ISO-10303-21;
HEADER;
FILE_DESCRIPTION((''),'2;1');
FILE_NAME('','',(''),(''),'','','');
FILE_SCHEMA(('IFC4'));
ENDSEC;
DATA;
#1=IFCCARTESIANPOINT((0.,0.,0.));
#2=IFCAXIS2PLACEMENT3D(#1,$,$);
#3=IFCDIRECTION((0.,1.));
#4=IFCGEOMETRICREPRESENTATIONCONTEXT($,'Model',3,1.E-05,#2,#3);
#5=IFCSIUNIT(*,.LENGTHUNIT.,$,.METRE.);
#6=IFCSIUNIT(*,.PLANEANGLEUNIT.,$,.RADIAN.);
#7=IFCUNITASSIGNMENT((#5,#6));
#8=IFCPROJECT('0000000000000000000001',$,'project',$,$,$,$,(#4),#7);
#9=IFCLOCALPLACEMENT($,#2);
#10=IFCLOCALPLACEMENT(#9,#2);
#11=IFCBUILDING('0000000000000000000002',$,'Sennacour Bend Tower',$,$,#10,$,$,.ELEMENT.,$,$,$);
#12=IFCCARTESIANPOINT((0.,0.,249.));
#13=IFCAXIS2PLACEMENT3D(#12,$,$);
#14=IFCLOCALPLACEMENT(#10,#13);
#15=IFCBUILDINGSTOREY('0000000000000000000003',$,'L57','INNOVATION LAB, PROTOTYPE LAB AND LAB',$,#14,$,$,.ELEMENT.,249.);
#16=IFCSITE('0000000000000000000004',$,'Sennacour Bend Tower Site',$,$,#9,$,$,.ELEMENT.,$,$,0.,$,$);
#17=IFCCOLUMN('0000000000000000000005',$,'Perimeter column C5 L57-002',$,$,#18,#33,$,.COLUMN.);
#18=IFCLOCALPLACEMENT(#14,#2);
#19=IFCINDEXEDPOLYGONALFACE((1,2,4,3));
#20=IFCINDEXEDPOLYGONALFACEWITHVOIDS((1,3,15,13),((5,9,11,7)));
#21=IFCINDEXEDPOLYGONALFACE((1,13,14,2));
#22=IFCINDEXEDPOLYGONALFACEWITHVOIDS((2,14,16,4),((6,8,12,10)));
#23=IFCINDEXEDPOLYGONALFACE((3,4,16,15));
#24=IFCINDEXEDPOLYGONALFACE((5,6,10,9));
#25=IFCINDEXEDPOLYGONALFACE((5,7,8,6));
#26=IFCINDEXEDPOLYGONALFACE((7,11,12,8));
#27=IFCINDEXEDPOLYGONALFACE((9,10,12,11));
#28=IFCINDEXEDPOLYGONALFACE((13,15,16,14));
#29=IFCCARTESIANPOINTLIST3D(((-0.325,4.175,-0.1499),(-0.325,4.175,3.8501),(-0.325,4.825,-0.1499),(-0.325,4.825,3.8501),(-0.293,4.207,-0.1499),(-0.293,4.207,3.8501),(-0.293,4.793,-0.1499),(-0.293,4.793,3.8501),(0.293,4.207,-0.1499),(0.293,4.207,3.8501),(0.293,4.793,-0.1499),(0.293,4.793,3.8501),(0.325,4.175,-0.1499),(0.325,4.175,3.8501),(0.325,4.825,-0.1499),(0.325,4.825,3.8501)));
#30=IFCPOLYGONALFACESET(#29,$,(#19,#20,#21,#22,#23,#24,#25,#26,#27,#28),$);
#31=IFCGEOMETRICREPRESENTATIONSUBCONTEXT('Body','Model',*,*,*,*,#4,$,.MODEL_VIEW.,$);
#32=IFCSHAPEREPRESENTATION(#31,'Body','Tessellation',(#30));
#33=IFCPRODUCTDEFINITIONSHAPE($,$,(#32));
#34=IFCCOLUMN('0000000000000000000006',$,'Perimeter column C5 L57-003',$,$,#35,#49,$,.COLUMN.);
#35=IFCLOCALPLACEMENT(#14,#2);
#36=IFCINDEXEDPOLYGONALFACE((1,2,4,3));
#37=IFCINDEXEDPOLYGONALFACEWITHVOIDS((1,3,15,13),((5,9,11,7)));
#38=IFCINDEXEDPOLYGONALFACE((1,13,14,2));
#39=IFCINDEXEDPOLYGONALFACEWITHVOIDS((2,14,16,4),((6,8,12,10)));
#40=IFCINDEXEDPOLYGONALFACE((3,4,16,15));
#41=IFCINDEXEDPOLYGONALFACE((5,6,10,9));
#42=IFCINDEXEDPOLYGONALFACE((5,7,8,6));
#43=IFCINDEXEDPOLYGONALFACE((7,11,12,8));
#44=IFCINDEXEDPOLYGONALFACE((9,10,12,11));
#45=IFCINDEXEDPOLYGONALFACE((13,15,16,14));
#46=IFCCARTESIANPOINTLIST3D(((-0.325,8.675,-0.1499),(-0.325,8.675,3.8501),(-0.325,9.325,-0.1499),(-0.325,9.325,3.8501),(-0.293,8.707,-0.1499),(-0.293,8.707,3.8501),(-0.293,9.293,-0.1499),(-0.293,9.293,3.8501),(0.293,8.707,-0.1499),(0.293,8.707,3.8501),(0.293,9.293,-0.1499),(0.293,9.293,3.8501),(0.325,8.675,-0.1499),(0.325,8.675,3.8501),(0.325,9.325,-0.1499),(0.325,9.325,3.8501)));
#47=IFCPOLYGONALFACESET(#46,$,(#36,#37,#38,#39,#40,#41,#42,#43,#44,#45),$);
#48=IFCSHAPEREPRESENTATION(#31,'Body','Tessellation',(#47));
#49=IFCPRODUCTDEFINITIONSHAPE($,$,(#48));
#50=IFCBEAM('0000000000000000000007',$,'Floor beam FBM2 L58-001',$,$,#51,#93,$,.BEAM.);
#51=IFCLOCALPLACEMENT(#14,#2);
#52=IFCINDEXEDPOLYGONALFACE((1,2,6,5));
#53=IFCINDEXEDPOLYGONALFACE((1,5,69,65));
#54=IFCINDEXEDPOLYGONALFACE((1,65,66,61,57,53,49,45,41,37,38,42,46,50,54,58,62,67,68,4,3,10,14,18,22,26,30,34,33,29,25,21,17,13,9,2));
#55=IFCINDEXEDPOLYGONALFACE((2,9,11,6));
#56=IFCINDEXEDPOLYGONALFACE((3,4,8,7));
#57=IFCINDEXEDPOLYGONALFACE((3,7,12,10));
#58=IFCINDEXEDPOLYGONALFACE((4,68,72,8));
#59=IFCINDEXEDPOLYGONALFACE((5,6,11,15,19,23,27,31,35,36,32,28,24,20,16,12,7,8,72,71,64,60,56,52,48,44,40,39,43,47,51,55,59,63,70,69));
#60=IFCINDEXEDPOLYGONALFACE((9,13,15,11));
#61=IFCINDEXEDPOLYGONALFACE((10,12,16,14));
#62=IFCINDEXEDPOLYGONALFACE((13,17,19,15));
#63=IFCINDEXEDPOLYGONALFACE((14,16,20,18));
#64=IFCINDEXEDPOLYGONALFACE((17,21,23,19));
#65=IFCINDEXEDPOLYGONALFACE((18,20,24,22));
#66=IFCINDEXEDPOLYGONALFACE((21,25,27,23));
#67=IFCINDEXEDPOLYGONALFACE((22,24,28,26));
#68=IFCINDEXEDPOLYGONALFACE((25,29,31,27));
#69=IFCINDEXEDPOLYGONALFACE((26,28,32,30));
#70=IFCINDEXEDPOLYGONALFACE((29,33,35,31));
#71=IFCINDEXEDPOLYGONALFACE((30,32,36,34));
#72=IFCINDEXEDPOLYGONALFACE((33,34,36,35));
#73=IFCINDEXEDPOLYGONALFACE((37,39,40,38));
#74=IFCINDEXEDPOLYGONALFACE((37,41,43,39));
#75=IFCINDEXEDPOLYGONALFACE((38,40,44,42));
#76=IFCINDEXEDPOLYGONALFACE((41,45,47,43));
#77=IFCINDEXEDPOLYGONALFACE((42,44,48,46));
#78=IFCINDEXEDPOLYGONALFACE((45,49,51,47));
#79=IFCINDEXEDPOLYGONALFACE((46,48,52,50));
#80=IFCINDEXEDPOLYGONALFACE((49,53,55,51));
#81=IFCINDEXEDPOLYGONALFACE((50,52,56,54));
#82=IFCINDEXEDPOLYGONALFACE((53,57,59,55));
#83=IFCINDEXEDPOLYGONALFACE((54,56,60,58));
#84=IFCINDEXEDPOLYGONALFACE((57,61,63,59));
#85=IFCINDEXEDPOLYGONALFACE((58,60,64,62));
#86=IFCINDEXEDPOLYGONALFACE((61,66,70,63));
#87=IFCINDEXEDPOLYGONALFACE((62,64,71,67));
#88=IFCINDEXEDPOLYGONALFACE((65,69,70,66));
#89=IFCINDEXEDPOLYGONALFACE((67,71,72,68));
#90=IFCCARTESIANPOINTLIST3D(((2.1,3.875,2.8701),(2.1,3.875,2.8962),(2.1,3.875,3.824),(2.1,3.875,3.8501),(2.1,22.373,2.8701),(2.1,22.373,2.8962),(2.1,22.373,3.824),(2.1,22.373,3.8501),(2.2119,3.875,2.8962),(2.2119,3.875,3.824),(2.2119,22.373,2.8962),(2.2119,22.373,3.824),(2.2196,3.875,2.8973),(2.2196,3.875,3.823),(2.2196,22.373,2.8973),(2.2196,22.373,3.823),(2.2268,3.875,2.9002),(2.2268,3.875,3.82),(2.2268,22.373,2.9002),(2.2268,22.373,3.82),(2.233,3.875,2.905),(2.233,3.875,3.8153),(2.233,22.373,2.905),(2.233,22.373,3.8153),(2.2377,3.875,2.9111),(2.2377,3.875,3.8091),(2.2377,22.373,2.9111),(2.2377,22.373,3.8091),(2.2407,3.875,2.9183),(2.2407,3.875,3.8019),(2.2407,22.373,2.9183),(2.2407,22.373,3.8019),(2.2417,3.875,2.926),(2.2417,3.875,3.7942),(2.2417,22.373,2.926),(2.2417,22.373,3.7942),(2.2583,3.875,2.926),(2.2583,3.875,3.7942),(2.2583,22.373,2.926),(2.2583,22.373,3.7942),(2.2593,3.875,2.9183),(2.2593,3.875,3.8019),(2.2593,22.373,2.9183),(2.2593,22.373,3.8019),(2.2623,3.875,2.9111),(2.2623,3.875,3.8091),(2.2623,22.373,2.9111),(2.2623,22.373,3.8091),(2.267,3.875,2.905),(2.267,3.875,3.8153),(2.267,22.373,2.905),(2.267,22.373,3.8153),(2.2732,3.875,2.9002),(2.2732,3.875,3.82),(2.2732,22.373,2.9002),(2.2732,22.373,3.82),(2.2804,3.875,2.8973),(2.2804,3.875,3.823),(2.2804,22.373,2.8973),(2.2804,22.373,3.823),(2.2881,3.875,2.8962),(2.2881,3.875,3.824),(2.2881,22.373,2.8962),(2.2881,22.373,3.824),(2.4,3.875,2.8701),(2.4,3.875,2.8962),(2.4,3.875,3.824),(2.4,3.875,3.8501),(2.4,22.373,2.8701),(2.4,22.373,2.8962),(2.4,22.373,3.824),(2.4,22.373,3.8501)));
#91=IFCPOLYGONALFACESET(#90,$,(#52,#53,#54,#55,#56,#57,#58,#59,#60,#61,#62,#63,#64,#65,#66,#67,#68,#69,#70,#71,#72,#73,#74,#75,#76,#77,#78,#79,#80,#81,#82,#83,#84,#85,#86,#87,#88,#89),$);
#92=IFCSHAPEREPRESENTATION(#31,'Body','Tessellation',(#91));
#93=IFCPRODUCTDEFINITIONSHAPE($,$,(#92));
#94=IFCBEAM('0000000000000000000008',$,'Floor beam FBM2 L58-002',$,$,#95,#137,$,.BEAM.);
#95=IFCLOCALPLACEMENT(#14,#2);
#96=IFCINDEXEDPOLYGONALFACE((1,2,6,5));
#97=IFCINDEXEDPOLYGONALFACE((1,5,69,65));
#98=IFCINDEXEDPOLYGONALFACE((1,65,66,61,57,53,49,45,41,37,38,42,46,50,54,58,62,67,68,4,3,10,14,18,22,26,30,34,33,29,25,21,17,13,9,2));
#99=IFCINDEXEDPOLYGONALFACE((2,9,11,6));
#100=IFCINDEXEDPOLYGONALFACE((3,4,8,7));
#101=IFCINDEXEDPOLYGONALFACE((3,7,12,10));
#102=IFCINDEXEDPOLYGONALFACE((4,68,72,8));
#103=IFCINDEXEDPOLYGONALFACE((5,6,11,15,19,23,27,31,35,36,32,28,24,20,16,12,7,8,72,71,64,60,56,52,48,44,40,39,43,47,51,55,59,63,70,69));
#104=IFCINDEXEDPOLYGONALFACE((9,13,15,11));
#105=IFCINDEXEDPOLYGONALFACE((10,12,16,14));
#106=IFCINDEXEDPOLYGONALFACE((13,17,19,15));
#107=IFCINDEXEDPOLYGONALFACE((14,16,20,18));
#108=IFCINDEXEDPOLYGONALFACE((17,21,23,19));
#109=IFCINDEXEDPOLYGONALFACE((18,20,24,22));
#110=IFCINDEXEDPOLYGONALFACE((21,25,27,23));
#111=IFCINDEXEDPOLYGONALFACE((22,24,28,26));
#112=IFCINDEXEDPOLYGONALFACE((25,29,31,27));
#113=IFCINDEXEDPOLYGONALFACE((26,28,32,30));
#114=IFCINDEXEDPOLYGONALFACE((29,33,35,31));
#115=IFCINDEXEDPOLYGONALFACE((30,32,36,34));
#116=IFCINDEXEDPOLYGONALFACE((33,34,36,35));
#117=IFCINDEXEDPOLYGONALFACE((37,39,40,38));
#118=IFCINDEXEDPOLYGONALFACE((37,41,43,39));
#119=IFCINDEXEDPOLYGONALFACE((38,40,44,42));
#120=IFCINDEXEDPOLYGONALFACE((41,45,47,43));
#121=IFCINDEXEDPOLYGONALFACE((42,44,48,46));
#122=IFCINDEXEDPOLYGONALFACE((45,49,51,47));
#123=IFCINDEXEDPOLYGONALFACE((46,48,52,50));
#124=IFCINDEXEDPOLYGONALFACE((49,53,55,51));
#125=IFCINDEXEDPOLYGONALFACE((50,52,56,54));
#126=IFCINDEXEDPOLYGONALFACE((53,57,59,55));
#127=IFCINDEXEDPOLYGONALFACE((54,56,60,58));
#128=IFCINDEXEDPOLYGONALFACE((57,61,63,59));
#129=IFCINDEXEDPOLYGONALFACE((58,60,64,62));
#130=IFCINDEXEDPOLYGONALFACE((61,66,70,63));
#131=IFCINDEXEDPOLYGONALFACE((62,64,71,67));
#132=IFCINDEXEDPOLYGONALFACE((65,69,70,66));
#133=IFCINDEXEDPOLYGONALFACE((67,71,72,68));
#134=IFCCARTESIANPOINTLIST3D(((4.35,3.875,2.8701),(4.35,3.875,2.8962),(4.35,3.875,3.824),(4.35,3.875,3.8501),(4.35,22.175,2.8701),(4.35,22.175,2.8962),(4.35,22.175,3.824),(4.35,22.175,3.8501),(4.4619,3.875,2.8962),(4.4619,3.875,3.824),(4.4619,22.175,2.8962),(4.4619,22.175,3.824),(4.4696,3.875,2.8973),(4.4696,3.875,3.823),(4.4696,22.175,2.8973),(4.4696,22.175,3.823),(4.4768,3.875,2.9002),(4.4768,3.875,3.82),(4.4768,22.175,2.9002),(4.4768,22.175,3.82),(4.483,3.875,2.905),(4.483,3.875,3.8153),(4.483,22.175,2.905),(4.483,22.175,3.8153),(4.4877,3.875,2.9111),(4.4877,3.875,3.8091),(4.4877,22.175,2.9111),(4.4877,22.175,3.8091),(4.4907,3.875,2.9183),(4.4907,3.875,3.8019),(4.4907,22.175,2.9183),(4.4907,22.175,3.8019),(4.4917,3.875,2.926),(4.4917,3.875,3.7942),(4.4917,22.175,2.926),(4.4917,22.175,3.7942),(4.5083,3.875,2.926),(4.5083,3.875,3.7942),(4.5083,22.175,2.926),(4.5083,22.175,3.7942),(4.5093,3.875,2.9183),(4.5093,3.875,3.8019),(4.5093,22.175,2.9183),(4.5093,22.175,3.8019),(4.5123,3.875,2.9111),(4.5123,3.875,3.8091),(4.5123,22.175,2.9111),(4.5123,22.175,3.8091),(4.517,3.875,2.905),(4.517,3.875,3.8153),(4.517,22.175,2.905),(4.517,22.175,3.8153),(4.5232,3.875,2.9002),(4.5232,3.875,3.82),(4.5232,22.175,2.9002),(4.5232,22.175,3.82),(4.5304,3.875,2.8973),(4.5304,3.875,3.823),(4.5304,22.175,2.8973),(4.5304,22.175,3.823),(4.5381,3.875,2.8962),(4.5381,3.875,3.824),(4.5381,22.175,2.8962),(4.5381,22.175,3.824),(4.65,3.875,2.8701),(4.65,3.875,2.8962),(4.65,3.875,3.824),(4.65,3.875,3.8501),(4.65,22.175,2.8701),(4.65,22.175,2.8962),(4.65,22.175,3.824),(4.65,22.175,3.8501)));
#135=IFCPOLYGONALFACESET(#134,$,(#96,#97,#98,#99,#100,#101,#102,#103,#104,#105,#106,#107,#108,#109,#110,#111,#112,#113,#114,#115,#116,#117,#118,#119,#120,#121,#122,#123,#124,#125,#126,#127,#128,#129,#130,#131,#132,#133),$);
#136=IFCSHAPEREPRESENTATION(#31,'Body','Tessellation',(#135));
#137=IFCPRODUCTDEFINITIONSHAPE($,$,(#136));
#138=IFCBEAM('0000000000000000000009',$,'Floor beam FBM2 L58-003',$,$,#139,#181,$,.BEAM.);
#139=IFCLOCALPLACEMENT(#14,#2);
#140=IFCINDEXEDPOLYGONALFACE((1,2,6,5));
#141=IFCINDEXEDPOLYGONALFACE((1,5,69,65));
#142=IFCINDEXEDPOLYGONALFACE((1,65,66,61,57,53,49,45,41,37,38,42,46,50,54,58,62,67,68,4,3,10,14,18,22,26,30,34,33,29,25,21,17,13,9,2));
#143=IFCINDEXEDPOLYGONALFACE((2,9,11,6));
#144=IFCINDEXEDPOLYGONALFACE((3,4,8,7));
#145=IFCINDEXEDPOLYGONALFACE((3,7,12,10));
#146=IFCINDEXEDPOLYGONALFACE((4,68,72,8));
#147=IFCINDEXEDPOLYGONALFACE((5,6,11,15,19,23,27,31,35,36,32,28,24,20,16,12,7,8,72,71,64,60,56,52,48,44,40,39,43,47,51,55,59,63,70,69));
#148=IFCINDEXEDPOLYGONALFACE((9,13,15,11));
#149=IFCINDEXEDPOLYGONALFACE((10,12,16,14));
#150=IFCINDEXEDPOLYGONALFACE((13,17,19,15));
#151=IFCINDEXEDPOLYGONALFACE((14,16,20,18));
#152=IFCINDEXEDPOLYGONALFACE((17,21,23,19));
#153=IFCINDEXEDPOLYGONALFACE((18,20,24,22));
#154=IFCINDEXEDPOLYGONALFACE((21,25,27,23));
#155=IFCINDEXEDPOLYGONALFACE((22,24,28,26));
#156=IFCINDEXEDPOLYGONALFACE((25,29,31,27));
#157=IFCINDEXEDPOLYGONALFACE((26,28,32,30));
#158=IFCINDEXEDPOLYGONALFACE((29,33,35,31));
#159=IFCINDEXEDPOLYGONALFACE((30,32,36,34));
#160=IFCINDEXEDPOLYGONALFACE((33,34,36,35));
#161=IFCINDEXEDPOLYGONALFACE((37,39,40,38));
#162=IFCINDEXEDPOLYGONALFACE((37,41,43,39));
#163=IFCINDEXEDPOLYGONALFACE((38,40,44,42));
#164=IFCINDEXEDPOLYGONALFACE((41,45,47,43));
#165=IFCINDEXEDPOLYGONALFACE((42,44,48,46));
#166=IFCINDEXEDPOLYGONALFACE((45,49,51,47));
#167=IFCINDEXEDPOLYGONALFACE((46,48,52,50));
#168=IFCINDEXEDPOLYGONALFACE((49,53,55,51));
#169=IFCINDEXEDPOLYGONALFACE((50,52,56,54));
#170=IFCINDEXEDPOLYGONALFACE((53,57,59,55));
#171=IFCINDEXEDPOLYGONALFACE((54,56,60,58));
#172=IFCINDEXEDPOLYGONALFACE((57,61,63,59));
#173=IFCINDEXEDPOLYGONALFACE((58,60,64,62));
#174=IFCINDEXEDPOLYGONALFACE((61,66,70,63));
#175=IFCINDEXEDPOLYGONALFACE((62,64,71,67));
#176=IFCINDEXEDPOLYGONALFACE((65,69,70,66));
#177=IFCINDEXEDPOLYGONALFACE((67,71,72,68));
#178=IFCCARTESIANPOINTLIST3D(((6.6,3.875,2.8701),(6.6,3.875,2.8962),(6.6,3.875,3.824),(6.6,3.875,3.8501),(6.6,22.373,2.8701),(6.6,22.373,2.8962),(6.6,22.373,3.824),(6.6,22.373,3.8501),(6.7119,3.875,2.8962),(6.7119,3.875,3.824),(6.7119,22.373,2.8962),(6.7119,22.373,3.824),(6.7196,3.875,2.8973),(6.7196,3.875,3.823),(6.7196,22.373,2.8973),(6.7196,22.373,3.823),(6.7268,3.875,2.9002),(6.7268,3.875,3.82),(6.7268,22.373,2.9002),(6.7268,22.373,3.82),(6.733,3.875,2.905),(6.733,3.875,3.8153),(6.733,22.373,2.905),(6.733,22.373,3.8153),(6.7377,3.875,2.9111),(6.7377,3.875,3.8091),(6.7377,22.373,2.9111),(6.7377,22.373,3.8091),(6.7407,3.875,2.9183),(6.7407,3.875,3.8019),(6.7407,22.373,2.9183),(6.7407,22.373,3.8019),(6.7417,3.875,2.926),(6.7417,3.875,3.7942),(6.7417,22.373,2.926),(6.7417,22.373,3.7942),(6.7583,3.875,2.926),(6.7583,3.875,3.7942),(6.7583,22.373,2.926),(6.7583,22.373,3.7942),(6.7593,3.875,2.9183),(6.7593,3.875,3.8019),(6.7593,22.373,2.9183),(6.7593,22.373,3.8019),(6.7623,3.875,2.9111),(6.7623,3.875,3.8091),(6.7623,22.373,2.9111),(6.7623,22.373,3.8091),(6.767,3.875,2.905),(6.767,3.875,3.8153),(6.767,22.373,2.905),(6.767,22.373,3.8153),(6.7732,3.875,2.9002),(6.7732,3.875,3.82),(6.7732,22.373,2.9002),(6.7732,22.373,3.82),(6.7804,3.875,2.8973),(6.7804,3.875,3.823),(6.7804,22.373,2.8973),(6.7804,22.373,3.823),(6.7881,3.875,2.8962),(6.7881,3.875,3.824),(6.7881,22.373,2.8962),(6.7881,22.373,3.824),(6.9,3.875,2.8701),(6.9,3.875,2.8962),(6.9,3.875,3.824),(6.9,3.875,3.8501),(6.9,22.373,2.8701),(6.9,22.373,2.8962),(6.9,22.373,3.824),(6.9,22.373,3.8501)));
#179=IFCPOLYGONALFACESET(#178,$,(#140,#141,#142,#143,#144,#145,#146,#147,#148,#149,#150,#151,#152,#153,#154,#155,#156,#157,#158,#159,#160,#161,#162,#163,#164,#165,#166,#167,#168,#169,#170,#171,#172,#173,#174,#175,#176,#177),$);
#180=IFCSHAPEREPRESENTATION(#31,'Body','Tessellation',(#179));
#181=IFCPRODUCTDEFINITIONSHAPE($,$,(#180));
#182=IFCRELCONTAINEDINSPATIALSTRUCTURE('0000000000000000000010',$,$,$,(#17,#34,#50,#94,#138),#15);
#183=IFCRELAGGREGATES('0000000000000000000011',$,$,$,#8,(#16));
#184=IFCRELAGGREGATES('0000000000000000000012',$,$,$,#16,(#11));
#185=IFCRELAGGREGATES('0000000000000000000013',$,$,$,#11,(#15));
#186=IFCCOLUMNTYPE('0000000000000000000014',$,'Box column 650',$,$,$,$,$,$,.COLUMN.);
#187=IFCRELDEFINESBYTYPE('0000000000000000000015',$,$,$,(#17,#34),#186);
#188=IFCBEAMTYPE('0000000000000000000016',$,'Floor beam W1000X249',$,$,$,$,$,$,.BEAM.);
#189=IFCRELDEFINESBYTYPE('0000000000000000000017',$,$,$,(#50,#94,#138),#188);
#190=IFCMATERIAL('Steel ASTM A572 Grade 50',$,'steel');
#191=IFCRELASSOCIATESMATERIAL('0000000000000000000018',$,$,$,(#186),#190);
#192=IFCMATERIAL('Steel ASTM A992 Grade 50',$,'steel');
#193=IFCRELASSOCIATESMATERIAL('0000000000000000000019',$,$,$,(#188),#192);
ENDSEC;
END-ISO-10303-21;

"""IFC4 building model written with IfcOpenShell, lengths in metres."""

from ifc_helpers import new_model, si_unit, direction, frame, origin, origin_2d, place, context, subcontext, project, spatial, hollow_rectangle, i_section, extrude, material, material_profile, profile_set, type_object, element, save


model = new_model("IFC4")

# Units and contexts
model_context = context("Model", 3, precision=1e-05, world=origin(), true_north=direction((0.0, 1.0)))
body_context = subcontext(model_context, "Body", "Model", "MODEL_VIEW")
ifc_project = project(units=[si_unit("LENGTHUNIT", "METRE"), si_unit("PLANEANGLEUNIT", "RADIAN")], contexts=[model_context])

# Site, building, storey
site_placement = place(None, origin())
site = spatial("IfcSite", under=ifc_project, at=site_placement, Name="Sennacour Bend Tower Site", CompositionType="ELEMENT", RefElevation=0.0)
building_placement = place(site_placement, origin())
building = spatial("IfcBuilding", under=site, at=building_placement, Name="Sennacour Bend Tower", CompositionType="ELEMENT")
storey_placement = place(building_placement, frame((0.0, 0.0, 249.0)))
storey = spatial("IfcBuildingStorey", under=building, at=storey_placement, Name="L57", Description="INNOVATION LAB, PROTOTYPE LAB AND LAB", CompositionType="ELEMENT", Elevation=249.0)

# Columns
ifc_material_1 = material(Name="Steel ASTM A572 Grade 50", Category="steel")
ifc_material_profile_1 = material_profile(ifc_material_1, hollow_rectangle(XDim=0.6499, YDim=0.6499, WallThickness=0.032, at=origin_2d()), Name="Steel ASTM A572 Grade 50", Category="steel")
ifc_profile_set_1 = profile_set([ifc_material_profile_1], Name="Steel ASTM A572 Grade 50")
column_type = type_object("IfcColumnType", Name="Box column 650", PredefinedType="COLUMN", material=ifc_profile_set_1)
for number, where, z_axis, x_axis, name in (
    (1, (0.0, 4.5, -0.1499), (0.0, 0.0, 1.0), (1.0, 0.0, 0.0), "Perimeter column C5 L57-002"),
    (2, (0.0, 9.0, -0.1499), (0.0, 0.0, 1.0), (1.0, 0.0, 0.0), "Perimeter column C5 L57-003"),
):
    element("IfcColumn", number, at=place(storey_placement, frame(where, z_axis=z_axis, x_axis=x_axis)), inside=storey, type_object=column_type, Name=name, PredefinedType="COLUMN", context=body_context, shape_type="SweptSolid", body=[
        extrude(hollow_rectangle(XDim=0.6499, YDim=0.6499, WallThickness=0.032, at=origin_2d()), origin(), (0.0, 0.0, 1.0), 4.0),
    ])

# Beams
ifc_material_2 = material(Name="Steel ASTM A992 Grade 50", Category="steel")
ifc_material_profile_2 = material_profile(ifc_material_2, i_section(OverallWidth=0.3, OverallDepth=0.98, WebThickness=0.0166, FlangeThickness=0.0261, FilletRadius=0.0298, at=origin_2d()), Name="Steel ASTM A992 Grade 50", Category="steel")
ifc_profile_set_2 = profile_set([ifc_material_profile_2], Name="Steel ASTM A992 Grade 50")
beam_type_1 = type_object("IfcBeamType", Name="Floor beam W1000X249", PredefinedType="BEAM", material=ifc_profile_set_2)
beam_1_placement = place(storey_placement, frame((2.25, 3.875, 3.3601), z_axis=(0.0, 1.0, 0.0), x_axis=(-1.0, 0.0, 0.0)))
element("IfcBeam", 3, at=beam_1_placement, inside=storey, type_object=beam_type_1, Name="Floor beam FBM2 L58-001", PredefinedType="BEAM", context=body_context, shape_type="SweptSolid", body=[
    extrude(i_section(OverallWidth=0.3, OverallDepth=0.98, WebThickness=0.0166, FlangeThickness=0.0261, FilletRadius=0.0298, at=origin_2d()), origin(), (0.0, 0.0, 1.0), 18.498),
])
beam_2_placement = place(storey_placement, frame((4.5, 3.875, 3.3601), z_axis=(0.0, 1.0, 0.0), x_axis=(-1.0, 0.0, 0.0)))
element("IfcBeam", 4, at=beam_2_placement, inside=storey, type_object=beam_type_1, Name="Floor beam FBM2 L58-002", PredefinedType="BEAM", context=body_context, shape_type="SweptSolid", body=[
    extrude(i_section(OverallWidth=0.3, OverallDepth=0.98, WebThickness=0.0166, FlangeThickness=0.0261, FilletRadius=0.0298, at=origin_2d()), origin(), (0.0, 0.0, 1.0), 18.3),
])
beam_3_placement = place(storey_placement, frame((6.75, 3.875, 3.3601), z_axis=(0.0, 1.0, 0.0), x_axis=(-1.0, 0.0, 0.0)))
element("IfcBeam", 5, at=beam_3_placement, inside=storey, type_object=beam_type_1, Name="Floor beam FBM2 L58-003", PredefinedType="BEAM", context=body_context, shape_type="SweptSolid", body=[
    extrude(i_section(OverallWidth=0.3, OverallDepth=0.98, WebThickness=0.0166, FlangeThickness=0.0261, FilletRadius=0.0298, at=origin_2d()), origin(), (0.0, 0.0, 1.0), 18.498),
])

save(model, "model.ifc")
